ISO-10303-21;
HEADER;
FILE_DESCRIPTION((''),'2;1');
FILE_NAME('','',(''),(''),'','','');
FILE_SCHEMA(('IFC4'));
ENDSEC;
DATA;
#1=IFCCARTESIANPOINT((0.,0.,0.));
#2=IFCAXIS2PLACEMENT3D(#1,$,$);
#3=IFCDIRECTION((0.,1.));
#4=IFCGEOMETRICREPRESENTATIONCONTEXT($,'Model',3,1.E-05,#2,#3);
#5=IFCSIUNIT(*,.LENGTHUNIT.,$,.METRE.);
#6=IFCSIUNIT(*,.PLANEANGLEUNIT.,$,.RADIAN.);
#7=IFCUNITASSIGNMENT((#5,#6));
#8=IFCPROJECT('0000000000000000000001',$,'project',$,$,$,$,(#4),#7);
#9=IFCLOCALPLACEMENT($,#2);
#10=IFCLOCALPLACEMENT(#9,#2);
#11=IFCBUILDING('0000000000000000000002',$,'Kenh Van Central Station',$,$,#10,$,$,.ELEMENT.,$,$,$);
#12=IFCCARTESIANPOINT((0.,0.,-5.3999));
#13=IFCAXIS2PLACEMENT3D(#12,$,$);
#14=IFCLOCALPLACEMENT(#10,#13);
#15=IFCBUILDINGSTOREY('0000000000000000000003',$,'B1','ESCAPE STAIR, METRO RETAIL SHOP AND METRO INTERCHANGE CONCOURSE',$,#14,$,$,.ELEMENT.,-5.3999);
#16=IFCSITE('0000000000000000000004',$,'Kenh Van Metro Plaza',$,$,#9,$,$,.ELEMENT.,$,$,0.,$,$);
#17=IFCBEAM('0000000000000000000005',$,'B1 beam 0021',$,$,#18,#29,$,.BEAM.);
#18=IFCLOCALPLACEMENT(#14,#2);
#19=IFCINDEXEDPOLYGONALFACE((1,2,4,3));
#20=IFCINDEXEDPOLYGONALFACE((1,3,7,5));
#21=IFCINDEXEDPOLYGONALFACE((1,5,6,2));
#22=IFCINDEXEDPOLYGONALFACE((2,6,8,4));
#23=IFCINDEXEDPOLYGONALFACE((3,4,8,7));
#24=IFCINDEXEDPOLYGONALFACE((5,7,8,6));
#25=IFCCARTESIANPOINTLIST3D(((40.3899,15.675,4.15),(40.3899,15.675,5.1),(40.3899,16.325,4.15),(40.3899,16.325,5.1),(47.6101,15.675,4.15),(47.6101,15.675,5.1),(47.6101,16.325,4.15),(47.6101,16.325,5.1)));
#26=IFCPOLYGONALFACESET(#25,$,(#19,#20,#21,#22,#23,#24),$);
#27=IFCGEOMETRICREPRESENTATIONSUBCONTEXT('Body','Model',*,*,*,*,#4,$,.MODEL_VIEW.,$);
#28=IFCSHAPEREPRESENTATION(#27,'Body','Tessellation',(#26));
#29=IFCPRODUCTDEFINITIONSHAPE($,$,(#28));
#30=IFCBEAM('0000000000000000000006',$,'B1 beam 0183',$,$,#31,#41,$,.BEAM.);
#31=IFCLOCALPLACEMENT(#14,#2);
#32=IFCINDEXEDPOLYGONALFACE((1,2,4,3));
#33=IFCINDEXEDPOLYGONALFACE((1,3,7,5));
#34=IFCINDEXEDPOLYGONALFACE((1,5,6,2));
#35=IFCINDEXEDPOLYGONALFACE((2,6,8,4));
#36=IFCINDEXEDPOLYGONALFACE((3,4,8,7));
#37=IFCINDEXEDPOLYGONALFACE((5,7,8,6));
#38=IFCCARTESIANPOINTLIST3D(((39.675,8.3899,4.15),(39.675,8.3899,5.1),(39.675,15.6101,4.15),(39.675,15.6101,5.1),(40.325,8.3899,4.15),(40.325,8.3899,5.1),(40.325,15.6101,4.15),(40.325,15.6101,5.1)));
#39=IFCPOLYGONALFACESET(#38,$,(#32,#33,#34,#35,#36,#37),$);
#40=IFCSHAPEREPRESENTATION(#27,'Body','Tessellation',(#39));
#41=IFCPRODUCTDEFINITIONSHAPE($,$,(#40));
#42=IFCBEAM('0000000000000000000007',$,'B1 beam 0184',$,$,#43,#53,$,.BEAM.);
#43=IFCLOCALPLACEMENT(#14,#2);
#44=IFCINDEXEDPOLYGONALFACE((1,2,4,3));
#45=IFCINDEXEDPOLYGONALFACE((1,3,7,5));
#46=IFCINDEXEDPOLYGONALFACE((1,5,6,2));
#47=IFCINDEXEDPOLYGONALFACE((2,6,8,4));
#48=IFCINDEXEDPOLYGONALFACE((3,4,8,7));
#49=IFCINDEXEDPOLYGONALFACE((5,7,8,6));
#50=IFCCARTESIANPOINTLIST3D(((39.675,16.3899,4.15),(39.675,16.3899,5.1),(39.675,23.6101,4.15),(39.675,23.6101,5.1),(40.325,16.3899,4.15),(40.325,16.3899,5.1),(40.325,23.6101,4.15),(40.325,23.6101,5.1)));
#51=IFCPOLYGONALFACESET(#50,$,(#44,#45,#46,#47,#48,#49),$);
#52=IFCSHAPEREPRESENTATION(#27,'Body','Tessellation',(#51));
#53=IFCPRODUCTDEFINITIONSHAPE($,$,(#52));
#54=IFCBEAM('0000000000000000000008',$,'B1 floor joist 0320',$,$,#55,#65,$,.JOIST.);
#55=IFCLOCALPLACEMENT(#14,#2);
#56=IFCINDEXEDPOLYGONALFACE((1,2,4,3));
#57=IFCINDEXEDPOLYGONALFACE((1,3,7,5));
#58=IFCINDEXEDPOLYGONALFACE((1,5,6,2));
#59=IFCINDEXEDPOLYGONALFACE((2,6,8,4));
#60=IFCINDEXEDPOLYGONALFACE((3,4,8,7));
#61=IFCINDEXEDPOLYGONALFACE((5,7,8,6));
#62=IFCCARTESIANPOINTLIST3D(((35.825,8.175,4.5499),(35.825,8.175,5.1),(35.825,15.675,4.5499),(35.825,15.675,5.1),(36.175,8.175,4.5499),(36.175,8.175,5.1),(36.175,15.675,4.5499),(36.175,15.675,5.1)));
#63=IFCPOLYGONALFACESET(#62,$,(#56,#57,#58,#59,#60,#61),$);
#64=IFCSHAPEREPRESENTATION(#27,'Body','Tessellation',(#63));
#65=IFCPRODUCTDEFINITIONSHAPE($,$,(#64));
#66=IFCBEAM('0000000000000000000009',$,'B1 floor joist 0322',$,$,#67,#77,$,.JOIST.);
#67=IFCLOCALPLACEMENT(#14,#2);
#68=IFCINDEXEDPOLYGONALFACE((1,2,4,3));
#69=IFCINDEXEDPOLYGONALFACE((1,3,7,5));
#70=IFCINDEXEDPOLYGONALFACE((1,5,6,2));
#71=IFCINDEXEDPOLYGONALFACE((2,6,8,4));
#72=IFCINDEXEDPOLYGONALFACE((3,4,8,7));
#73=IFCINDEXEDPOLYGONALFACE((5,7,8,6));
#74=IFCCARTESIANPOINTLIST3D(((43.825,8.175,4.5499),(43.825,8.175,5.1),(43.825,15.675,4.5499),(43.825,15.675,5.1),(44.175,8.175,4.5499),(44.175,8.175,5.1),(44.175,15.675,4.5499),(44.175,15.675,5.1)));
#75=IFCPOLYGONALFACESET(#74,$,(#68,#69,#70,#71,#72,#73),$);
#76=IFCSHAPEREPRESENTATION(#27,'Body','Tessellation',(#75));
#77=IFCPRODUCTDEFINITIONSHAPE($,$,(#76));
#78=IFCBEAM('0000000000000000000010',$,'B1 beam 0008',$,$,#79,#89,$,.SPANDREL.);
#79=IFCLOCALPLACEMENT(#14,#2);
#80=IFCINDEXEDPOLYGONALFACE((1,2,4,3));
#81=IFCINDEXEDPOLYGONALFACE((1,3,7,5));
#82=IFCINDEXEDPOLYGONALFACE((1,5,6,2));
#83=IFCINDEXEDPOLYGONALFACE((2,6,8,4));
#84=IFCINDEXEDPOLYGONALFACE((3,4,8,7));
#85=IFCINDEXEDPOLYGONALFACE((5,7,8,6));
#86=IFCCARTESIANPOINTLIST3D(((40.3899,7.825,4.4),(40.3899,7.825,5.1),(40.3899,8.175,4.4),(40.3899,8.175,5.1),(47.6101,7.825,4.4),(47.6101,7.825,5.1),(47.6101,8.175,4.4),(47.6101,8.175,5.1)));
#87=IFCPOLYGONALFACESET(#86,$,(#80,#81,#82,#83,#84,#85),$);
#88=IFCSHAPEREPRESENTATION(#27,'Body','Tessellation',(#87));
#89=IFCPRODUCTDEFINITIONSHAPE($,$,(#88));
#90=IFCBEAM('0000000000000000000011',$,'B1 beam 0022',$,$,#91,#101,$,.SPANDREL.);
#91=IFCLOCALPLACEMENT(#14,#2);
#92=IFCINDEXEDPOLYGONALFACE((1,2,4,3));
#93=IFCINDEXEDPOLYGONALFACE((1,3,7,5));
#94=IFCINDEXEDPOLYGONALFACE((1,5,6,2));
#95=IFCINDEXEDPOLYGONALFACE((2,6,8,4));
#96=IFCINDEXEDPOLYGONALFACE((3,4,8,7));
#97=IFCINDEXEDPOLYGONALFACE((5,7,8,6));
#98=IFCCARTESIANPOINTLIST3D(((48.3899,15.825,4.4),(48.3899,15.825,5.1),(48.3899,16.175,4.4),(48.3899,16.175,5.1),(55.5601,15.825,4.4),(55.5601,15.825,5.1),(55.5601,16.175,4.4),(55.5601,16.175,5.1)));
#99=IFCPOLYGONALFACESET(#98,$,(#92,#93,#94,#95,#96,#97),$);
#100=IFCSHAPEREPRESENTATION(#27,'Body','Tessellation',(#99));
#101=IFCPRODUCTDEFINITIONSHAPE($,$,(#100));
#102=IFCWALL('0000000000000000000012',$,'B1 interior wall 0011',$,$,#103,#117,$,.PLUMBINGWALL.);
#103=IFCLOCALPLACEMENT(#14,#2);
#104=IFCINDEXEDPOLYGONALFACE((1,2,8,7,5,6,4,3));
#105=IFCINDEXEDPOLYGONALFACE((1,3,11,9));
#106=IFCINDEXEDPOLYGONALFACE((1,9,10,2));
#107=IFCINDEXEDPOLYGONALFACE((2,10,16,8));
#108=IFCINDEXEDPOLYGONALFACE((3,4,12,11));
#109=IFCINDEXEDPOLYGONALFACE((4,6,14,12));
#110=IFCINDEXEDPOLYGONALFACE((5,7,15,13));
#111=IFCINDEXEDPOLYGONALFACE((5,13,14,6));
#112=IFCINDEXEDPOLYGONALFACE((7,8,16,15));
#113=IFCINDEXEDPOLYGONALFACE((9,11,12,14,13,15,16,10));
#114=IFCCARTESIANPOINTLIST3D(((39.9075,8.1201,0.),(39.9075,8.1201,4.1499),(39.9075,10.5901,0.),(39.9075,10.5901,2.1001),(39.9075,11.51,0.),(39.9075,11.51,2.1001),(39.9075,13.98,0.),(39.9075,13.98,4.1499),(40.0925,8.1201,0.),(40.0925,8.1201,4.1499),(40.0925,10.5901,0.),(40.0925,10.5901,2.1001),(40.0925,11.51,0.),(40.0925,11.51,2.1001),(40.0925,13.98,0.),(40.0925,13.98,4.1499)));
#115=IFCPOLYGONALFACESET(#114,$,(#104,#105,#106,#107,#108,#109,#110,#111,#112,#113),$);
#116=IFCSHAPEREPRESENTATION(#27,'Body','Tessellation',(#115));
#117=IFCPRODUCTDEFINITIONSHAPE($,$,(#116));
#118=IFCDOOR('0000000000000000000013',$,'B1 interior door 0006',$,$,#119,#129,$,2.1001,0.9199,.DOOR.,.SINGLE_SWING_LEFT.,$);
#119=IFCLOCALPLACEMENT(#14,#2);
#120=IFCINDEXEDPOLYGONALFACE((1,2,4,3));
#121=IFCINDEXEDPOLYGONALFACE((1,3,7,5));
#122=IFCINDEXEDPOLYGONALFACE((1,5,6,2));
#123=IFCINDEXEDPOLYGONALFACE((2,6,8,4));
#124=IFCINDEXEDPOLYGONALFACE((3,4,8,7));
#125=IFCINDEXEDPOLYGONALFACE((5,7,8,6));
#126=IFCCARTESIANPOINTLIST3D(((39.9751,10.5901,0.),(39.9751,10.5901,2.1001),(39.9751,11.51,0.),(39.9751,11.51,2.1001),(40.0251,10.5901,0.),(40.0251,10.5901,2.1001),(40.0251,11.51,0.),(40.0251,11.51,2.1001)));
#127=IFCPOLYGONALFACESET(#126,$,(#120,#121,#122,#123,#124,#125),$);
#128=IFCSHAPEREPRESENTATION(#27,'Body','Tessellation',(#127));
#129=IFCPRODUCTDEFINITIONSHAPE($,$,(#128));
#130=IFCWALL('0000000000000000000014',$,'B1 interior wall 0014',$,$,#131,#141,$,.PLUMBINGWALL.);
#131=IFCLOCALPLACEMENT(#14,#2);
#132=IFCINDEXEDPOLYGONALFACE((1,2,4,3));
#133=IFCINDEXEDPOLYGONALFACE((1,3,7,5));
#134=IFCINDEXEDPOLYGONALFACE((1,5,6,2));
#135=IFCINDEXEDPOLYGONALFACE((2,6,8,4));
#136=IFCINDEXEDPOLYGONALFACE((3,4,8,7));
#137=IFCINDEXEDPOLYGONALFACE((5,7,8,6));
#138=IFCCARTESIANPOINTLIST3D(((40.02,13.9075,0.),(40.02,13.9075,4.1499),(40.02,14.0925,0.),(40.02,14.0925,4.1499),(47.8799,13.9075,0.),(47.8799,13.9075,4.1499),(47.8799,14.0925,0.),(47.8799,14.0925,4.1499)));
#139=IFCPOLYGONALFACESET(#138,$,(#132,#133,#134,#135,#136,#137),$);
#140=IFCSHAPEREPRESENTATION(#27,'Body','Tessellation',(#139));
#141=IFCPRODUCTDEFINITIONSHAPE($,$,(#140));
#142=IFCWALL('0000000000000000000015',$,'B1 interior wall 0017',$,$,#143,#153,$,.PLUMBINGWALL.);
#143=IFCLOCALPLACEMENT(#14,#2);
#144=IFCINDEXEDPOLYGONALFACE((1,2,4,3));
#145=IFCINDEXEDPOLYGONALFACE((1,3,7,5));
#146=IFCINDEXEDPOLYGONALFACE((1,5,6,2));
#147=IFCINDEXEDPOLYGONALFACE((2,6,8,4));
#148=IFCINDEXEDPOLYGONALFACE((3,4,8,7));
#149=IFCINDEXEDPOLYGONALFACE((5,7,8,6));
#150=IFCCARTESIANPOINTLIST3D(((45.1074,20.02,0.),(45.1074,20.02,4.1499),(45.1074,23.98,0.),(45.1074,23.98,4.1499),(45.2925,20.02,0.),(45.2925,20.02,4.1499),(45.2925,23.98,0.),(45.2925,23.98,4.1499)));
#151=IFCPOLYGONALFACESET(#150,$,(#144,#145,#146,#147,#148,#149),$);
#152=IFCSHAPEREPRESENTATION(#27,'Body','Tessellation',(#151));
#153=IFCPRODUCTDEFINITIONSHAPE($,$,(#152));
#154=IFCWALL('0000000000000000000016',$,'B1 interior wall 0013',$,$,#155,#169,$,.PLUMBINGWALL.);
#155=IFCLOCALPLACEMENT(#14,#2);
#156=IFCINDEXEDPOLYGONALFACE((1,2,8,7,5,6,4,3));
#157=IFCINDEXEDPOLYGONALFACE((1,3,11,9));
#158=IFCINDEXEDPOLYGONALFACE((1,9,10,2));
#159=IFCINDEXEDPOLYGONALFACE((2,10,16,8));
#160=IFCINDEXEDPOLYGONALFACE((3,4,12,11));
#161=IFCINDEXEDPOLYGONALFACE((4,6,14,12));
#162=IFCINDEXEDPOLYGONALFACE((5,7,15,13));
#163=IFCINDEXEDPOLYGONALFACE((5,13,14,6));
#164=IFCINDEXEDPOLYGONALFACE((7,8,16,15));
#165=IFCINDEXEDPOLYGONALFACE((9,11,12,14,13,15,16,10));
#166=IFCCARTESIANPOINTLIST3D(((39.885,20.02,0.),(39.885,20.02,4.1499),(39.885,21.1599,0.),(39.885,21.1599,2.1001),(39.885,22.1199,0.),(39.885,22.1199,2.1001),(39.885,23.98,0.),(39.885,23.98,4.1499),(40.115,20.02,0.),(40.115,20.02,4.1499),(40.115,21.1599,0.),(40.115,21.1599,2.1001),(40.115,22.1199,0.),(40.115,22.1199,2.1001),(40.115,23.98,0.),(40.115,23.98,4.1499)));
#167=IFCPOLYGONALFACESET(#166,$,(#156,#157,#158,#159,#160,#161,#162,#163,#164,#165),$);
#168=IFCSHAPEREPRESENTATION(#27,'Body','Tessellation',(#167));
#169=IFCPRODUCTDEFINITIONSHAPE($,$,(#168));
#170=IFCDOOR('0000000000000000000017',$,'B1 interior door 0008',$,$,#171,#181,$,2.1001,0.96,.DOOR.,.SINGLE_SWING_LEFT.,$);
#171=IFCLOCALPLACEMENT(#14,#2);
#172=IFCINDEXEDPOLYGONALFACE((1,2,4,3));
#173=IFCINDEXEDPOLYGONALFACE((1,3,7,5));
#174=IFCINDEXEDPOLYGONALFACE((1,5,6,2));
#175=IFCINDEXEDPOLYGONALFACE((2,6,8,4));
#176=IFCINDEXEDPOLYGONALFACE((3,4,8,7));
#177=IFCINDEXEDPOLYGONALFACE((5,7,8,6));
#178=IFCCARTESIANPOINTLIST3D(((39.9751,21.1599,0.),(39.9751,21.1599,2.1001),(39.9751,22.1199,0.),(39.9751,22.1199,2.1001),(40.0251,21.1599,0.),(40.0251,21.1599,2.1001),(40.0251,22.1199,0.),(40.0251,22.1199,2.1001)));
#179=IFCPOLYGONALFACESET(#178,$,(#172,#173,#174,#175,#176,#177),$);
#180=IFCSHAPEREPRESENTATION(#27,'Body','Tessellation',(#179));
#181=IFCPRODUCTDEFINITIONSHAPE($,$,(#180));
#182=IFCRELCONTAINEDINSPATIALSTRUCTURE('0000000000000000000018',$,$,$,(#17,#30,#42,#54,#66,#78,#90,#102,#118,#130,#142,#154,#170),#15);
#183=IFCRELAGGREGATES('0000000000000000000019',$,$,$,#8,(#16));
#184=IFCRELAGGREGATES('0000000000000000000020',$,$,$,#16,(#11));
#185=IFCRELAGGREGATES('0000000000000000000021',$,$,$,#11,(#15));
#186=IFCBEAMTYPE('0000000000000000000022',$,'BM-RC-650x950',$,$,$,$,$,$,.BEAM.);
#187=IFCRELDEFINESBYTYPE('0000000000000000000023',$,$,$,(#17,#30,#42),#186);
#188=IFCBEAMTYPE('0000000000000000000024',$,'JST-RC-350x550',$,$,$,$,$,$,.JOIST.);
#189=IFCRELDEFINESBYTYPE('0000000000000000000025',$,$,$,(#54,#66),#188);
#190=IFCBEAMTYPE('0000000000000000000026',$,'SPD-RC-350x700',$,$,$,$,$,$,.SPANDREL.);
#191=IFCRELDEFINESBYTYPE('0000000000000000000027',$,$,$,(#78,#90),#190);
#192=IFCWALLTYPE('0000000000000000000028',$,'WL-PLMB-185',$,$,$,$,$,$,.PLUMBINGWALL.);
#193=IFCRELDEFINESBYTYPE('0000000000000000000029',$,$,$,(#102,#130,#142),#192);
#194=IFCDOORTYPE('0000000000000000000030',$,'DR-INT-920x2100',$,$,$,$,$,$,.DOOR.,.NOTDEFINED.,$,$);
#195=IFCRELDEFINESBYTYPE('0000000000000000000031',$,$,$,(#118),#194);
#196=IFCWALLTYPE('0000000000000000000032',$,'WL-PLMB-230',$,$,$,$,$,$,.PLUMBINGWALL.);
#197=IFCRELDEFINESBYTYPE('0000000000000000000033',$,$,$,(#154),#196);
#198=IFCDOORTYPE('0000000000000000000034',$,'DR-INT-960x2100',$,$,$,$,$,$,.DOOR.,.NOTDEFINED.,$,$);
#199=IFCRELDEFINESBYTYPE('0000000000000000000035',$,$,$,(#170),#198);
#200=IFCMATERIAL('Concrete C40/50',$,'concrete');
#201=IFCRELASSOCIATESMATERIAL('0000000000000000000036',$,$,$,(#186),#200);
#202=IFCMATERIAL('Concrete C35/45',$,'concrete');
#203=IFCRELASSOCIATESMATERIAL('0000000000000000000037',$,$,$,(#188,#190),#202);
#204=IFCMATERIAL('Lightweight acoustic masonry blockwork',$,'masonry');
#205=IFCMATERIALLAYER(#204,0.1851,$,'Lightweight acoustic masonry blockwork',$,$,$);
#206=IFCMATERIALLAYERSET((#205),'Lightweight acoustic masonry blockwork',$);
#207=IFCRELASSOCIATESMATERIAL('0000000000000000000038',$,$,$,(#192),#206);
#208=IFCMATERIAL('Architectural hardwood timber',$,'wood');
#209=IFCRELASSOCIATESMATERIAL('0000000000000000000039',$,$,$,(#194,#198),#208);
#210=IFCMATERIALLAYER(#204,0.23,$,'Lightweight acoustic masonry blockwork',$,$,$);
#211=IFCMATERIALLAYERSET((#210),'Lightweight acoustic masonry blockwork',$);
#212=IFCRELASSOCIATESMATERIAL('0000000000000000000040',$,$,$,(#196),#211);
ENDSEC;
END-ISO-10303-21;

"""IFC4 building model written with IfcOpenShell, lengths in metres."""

from ifc_helpers import new_model, si_unit, direction, frame, frame_2d, origin, origin_2d, place, context, subcontext, project, spatial, rectangle, extrude, material, layer, layer_set, material_profile, profile_set, type_object, element, fill, save


model = new_model("IFC4")

# Units and contexts
model_context = context("Model", 3, precision=1e-05, world=origin(), true_north=direction((0.0, 1.0)))
body_context = subcontext(model_context, "Body", "Model", "MODEL_VIEW")
ifc_project = project(units=[si_unit("LENGTHUNIT", "METRE"), si_unit("PLANEANGLEUNIT", "RADIAN")], contexts=[model_context])

# Site, building, storey
site_placement = place(None, origin())
site = spatial("IfcSite", under=ifc_project, at=site_placement, Name="Kenh Van Metro Plaza", CompositionType="ELEMENT", RefElevation=0.0)
building_placement = place(site_placement, origin())
building = spatial("IfcBuilding", under=site, at=building_placement, Name="Kenh Van Central Station", CompositionType="ELEMENT")
storey_placement = place(building_placement, frame((0.0, 0.0, -5.3999)))
storey = spatial("IfcBuildingStorey", under=building, at=storey_placement, Name="B1", Description="ESCAPE STAIR, METRO RETAIL SHOP AND METRO INTERCHANGE CONCOURSE", CompositionType="ELEMENT", Elevation=-5.3999)

# Shared definitions
ifc_material_1 = material(Name="Concrete C40/50", Category="concrete")

# Beams
ifc_material_profile_1 = material_profile(ifc_material_1, rectangle(XDim=0.6499, YDim=0.95, at=origin_2d()), Name="RC 650x950")
ifc_profile_set_1 = profile_set([ifc_material_profile_1], Name="Concrete C40/50")
beam_type_1 = type_object("IfcBeamType", Name="BM-RC-650x950", PredefinedType="BEAM", material=ifc_profile_set_1)
for number, where, z_axis, x_axis, name in (
    (1, (40.3899, 16.0, 4.625), (1.0, 0.0, 0.0), (0.0, 1.0, 0.0), "B1 beam 0021"),
    (2, (40.0, 8.3899, 4.625), (0.0, 1.0, 0.0), (-1.0, 0.0, 0.0), "B1 beam 0183"),
    (3, (40.0, 16.3899, 4.625), (0.0, 1.0, 0.0), (-1.0, 0.0, 0.0), "B1 beam 0184"),
):
    element("IfcBeam", number, at=place(storey_placement, frame(where, z_axis=z_axis, x_axis=x_axis)), inside=storey, type_object=beam_type_1, Name=name, PredefinedType="BEAM", context=body_context, shape_type="SweptSolid", body=[
        extrude(rectangle(XDim=0.6499, YDim=0.95, at=origin_2d()), origin(), (0.0, 0.0, 1.0), 7.2202),
    ])
ifc_material_2 = material(Name="Concrete C35/45", Category="concrete")
ifc_material_profile_2 = material_profile(ifc_material_2, rectangle(XDim=0.3501, YDim=0.55, at=origin_2d()), Name="RC 350x550")
ifc_profile_set_2 = profile_set([ifc_material_profile_2], Name="Concrete C35/45")
beam_type_2 = type_object("IfcBeamType", Name="JST-RC-350x550", PredefinedType="JOIST", material=ifc_profile_set_2)
for number, where, z_axis, x_axis, name in (
    (4, (36.0, 8.175, 4.825), (0.0, 1.0, 0.0), (-1.0, 0.0, 0.0), "B1 floor joist 0320"),
    (5, (44.0, 8.175, 4.825), (0.0, 1.0, 0.0), (-1.0, 0.0, 0.0), "B1 floor joist 0322"),
):
    element("IfcBeam", number, at=place(storey_placement, frame(where, z_axis=z_axis, x_axis=x_axis)), inside=storey, type_object=beam_type_2, Name=name, PredefinedType="JOIST", context=body_context, shape_type="SweptSolid", body=[
        extrude(rectangle(XDim=0.3501, YDim=0.55, at=origin_2d()), origin(), (0.0, 0.0, 1.0), 7.5),
    ])
ifc_material_profile_3 = material_profile(ifc_material_2, rectangle(XDim=0.3501, YDim=0.7, at=origin_2d()), Name="RC 350x700")
ifc_profile_set_3 = profile_set([ifc_material_profile_3], Name="Concrete C35/45")
beam_type_3 = type_object("IfcBeamType", Name="SPD-RC-350x700", PredefinedType="SPANDREL", material=ifc_profile_set_3)
beam_1_placement = place(storey_placement, frame((40.3899, 8.0, 4.75), z_axis=(1.0, 0.0, 0.0), x_axis=(0.0, 1.0, 0.0)))
element("IfcBeam", 6, at=beam_1_placement, inside=storey, type_object=beam_type_3, Name="B1 beam 0008", PredefinedType="SPANDREL", context=body_context, shape_type="SweptSolid", body=[
    extrude(rectangle(XDim=0.3501, YDim=0.7, at=origin_2d()), origin(), (0.0, 0.0, 1.0), 7.2202),
])
beam_2_placement = place(storey_placement, frame((48.3899, 16.0, 4.75), z_axis=(1.0, 0.0, 0.0), x_axis=(0.0, 1.0, 0.0)))
element("IfcBeam", 7, at=beam_2_placement, inside=storey, type_object=beam_type_3, Name="B1 beam 0022", PredefinedType="SPANDREL", context=body_context, shape_type="SweptSolid", body=[
    extrude(rectangle(XDim=0.3501, YDim=0.7, at=origin_2d()), origin(), (0.0, 0.0, 1.0), 7.1702),
])

# Wall, opening, door
ifc_material_3 = material(Name="Lightweight acoustic masonry blockwork", Category="masonry")
ifc_layer_1 = layer(ifc_material_3, 0.1851, Name="Lightweight acoustic masonry blockwork")
ifc_layer_set_1 = layer_set([ifc_layer_1], Name="Lightweight acoustic masonry blockwork")
wall_type_1 = type_object("IfcWallType", Name="WL-PLMB-185", PredefinedType="PLUMBINGWALL", material=ifc_layer_set_1)
wall_1_placement = place(storey_placement, frame((40.0, 8.1201, 0.0), z_axis=(0.0, 0.0, 1.0), x_axis=(0.0, 1.0, 0.0)))
wall_1 = element("IfcWall", 8, at=wall_1_placement, inside=storey, type_object=wall_type_1, Name="B1 interior wall 0011", PredefinedType="PLUMBINGWALL", context=body_context, shape_type="SweptSolid", body=[
    extrude(rectangle(XDim=5.8599, YDim=0.1851, at=frame_2d((2.9299, 0.0))), origin(), (0.0, 0.0, 1.0), 4.1499),
])
opening_1_placement = place(wall_1_placement, frame((2.47, 0.0, 0.0)))
opening_1 = element("IfcOpeningElement", 9, at=opening_1_placement, cuts=wall_1, PredefinedType="OPENING", context=body_context, shape_type="SweptSolid", body=[
    extrude(rectangle(XDim=0.9199, YDim=2.1001, at=frame_2d((0.46, 1.05))), frame((0.0, 0.1025, 0.0), z_axis=(0.0, -1.0, 0.0), x_axis=(1.0, 0.0, 0.0)), (0.0, 0.0, 1.0), 0.2051),
])
ifc_material_4 = material(Name="Architectural hardwood timber", Category="wood")
door_type_1 = type_object("IfcDoorType", Name="DR-INT-920x2100", OperationType="NOTDEFINED", PredefinedType="DOOR", material=ifc_material_4)
door_1_placement = place(opening_1_placement, origin())
door_1 = element("IfcDoor", 10, at=door_1_placement, inside=storey, type_object=door_type_1, Name="B1 interior door 0006", OperationType="SINGLE_SWING_LEFT", OverallHeight=2.1001, OverallWidth=0.9199, PredefinedType="DOOR", context=body_context, shape_type="SweptSolid", body=[
    extrude(rectangle(XDim=0.9199, YDim=2.1001, at=frame_2d((0.46, 1.05))), frame((0.0, 0.0249, 0.0), z_axis=(0.0, -1.0, 0.0), x_axis=(1.0, 0.0, 0.0)), (0.0, 0.0, 1.0), 0.05),
])
fill(opening_1, door_1)

# Walls
wall_2_placement = place(storey_placement, frame((40.02, 14.0, 0.0), z_axis=(0.0, 0.0, 1.0), x_axis=(1.0, 0.0, 0.0)))
element("IfcWall", 11, at=wall_2_placement, inside=storey, type_object=wall_type_1, Name="B1 interior wall 0014", PredefinedType="PLUMBINGWALL", context=body_context, shape_type="SweptSolid", body=[
    extrude(rectangle(XDim=7.8599, YDim=0.1851, at=frame_2d((3.9299, 0.0))), origin(), (0.0, 0.0, 1.0), 4.1499),
])
wall_3_placement = place(storey_placement, frame((45.2, 20.02, 0.0), z_axis=(0.0, 0.0, 1.0), x_axis=(0.0, 1.0, 0.0)))
element("IfcWall", 12, at=wall_3_placement, inside=storey, type_object=wall_type_1, Name="B1 interior wall 0017", PredefinedType="PLUMBINGWALL", context=body_context, shape_type="SweptSolid", body=[
    extrude(rectangle(XDim=3.96, YDim=0.1851, at=frame_2d((1.98, 0.0))), origin(), (0.0, 0.0, 1.0), 4.1499),
])

# Wall, opening, door
ifc_layer_2 = layer(ifc_material_3, 0.23, Name="Lightweight acoustic masonry blockwork")
ifc_layer_set_2 = layer_set([ifc_layer_2], Name="Lightweight acoustic masonry blockwork")
wall_type_2 = type_object("IfcWallType", Name="WL-PLMB-230", PredefinedType="PLUMBINGWALL", material=ifc_layer_set_2)
wall_4_placement = place(storey_placement, frame((40.0, 20.02, 0.0), z_axis=(0.0, 0.0, 1.0), x_axis=(0.0, 1.0, 0.0)))
wall_4 = element("IfcWall", 13, at=wall_4_placement, inside=storey, type_object=wall_type_2, Name="B1 interior wall 0013", PredefinedType="PLUMBINGWALL", context=body_context, shape_type="SweptSolid", body=[
    extrude(rectangle(XDim=3.96, YDim=0.23, at=frame_2d((1.98, 0.0))), origin(), (0.0, 0.0, 1.0), 4.1499),
])
opening_2_placement = place(wall_4_placement, frame((1.1399, 0.0, 0.0)))
opening_2 = element("IfcOpeningElement", 14, at=opening_2_placement, cuts=wall_4, PredefinedType="OPENING", context=body_context, shape_type="SweptSolid", body=[
    extrude(rectangle(XDim=0.96, YDim=2.1001, at=frame_2d((0.48, 1.05))), frame((0.0, 0.125, 0.0), z_axis=(0.0, -1.0, 0.0), x_axis=(1.0, 0.0, 0.0)), (0.0, 0.0, 1.0), 0.25),
])
door_type_2 = type_object("IfcDoorType", Name="DR-INT-960x2100", OperationType="NOTDEFINED", PredefinedType="DOOR", material=ifc_material_4)
door_2_placement = place(opening_2_placement, origin())
door_2 = element("IfcDoor", 15, at=door_2_placement, inside=storey, type_object=door_type_2, Name="B1 interior door 0008", OperationType="SINGLE_SWING_LEFT", OverallHeight=2.1001, OverallWidth=0.96, PredefinedType="DOOR", context=body_context, shape_type="SweptSolid", body=[
    extrude(rectangle(XDim=0.96, YDim=2.1001, at=frame_2d((0.48, 1.05))), frame((0.0, 0.0249, 0.0), z_axis=(0.0, -1.0, 0.0), x_axis=(1.0, 0.0, 0.0)), (0.0, 0.0, 1.0), 0.05),
])
fill(opening_2, door_2)

save(model, "model.ifc")
